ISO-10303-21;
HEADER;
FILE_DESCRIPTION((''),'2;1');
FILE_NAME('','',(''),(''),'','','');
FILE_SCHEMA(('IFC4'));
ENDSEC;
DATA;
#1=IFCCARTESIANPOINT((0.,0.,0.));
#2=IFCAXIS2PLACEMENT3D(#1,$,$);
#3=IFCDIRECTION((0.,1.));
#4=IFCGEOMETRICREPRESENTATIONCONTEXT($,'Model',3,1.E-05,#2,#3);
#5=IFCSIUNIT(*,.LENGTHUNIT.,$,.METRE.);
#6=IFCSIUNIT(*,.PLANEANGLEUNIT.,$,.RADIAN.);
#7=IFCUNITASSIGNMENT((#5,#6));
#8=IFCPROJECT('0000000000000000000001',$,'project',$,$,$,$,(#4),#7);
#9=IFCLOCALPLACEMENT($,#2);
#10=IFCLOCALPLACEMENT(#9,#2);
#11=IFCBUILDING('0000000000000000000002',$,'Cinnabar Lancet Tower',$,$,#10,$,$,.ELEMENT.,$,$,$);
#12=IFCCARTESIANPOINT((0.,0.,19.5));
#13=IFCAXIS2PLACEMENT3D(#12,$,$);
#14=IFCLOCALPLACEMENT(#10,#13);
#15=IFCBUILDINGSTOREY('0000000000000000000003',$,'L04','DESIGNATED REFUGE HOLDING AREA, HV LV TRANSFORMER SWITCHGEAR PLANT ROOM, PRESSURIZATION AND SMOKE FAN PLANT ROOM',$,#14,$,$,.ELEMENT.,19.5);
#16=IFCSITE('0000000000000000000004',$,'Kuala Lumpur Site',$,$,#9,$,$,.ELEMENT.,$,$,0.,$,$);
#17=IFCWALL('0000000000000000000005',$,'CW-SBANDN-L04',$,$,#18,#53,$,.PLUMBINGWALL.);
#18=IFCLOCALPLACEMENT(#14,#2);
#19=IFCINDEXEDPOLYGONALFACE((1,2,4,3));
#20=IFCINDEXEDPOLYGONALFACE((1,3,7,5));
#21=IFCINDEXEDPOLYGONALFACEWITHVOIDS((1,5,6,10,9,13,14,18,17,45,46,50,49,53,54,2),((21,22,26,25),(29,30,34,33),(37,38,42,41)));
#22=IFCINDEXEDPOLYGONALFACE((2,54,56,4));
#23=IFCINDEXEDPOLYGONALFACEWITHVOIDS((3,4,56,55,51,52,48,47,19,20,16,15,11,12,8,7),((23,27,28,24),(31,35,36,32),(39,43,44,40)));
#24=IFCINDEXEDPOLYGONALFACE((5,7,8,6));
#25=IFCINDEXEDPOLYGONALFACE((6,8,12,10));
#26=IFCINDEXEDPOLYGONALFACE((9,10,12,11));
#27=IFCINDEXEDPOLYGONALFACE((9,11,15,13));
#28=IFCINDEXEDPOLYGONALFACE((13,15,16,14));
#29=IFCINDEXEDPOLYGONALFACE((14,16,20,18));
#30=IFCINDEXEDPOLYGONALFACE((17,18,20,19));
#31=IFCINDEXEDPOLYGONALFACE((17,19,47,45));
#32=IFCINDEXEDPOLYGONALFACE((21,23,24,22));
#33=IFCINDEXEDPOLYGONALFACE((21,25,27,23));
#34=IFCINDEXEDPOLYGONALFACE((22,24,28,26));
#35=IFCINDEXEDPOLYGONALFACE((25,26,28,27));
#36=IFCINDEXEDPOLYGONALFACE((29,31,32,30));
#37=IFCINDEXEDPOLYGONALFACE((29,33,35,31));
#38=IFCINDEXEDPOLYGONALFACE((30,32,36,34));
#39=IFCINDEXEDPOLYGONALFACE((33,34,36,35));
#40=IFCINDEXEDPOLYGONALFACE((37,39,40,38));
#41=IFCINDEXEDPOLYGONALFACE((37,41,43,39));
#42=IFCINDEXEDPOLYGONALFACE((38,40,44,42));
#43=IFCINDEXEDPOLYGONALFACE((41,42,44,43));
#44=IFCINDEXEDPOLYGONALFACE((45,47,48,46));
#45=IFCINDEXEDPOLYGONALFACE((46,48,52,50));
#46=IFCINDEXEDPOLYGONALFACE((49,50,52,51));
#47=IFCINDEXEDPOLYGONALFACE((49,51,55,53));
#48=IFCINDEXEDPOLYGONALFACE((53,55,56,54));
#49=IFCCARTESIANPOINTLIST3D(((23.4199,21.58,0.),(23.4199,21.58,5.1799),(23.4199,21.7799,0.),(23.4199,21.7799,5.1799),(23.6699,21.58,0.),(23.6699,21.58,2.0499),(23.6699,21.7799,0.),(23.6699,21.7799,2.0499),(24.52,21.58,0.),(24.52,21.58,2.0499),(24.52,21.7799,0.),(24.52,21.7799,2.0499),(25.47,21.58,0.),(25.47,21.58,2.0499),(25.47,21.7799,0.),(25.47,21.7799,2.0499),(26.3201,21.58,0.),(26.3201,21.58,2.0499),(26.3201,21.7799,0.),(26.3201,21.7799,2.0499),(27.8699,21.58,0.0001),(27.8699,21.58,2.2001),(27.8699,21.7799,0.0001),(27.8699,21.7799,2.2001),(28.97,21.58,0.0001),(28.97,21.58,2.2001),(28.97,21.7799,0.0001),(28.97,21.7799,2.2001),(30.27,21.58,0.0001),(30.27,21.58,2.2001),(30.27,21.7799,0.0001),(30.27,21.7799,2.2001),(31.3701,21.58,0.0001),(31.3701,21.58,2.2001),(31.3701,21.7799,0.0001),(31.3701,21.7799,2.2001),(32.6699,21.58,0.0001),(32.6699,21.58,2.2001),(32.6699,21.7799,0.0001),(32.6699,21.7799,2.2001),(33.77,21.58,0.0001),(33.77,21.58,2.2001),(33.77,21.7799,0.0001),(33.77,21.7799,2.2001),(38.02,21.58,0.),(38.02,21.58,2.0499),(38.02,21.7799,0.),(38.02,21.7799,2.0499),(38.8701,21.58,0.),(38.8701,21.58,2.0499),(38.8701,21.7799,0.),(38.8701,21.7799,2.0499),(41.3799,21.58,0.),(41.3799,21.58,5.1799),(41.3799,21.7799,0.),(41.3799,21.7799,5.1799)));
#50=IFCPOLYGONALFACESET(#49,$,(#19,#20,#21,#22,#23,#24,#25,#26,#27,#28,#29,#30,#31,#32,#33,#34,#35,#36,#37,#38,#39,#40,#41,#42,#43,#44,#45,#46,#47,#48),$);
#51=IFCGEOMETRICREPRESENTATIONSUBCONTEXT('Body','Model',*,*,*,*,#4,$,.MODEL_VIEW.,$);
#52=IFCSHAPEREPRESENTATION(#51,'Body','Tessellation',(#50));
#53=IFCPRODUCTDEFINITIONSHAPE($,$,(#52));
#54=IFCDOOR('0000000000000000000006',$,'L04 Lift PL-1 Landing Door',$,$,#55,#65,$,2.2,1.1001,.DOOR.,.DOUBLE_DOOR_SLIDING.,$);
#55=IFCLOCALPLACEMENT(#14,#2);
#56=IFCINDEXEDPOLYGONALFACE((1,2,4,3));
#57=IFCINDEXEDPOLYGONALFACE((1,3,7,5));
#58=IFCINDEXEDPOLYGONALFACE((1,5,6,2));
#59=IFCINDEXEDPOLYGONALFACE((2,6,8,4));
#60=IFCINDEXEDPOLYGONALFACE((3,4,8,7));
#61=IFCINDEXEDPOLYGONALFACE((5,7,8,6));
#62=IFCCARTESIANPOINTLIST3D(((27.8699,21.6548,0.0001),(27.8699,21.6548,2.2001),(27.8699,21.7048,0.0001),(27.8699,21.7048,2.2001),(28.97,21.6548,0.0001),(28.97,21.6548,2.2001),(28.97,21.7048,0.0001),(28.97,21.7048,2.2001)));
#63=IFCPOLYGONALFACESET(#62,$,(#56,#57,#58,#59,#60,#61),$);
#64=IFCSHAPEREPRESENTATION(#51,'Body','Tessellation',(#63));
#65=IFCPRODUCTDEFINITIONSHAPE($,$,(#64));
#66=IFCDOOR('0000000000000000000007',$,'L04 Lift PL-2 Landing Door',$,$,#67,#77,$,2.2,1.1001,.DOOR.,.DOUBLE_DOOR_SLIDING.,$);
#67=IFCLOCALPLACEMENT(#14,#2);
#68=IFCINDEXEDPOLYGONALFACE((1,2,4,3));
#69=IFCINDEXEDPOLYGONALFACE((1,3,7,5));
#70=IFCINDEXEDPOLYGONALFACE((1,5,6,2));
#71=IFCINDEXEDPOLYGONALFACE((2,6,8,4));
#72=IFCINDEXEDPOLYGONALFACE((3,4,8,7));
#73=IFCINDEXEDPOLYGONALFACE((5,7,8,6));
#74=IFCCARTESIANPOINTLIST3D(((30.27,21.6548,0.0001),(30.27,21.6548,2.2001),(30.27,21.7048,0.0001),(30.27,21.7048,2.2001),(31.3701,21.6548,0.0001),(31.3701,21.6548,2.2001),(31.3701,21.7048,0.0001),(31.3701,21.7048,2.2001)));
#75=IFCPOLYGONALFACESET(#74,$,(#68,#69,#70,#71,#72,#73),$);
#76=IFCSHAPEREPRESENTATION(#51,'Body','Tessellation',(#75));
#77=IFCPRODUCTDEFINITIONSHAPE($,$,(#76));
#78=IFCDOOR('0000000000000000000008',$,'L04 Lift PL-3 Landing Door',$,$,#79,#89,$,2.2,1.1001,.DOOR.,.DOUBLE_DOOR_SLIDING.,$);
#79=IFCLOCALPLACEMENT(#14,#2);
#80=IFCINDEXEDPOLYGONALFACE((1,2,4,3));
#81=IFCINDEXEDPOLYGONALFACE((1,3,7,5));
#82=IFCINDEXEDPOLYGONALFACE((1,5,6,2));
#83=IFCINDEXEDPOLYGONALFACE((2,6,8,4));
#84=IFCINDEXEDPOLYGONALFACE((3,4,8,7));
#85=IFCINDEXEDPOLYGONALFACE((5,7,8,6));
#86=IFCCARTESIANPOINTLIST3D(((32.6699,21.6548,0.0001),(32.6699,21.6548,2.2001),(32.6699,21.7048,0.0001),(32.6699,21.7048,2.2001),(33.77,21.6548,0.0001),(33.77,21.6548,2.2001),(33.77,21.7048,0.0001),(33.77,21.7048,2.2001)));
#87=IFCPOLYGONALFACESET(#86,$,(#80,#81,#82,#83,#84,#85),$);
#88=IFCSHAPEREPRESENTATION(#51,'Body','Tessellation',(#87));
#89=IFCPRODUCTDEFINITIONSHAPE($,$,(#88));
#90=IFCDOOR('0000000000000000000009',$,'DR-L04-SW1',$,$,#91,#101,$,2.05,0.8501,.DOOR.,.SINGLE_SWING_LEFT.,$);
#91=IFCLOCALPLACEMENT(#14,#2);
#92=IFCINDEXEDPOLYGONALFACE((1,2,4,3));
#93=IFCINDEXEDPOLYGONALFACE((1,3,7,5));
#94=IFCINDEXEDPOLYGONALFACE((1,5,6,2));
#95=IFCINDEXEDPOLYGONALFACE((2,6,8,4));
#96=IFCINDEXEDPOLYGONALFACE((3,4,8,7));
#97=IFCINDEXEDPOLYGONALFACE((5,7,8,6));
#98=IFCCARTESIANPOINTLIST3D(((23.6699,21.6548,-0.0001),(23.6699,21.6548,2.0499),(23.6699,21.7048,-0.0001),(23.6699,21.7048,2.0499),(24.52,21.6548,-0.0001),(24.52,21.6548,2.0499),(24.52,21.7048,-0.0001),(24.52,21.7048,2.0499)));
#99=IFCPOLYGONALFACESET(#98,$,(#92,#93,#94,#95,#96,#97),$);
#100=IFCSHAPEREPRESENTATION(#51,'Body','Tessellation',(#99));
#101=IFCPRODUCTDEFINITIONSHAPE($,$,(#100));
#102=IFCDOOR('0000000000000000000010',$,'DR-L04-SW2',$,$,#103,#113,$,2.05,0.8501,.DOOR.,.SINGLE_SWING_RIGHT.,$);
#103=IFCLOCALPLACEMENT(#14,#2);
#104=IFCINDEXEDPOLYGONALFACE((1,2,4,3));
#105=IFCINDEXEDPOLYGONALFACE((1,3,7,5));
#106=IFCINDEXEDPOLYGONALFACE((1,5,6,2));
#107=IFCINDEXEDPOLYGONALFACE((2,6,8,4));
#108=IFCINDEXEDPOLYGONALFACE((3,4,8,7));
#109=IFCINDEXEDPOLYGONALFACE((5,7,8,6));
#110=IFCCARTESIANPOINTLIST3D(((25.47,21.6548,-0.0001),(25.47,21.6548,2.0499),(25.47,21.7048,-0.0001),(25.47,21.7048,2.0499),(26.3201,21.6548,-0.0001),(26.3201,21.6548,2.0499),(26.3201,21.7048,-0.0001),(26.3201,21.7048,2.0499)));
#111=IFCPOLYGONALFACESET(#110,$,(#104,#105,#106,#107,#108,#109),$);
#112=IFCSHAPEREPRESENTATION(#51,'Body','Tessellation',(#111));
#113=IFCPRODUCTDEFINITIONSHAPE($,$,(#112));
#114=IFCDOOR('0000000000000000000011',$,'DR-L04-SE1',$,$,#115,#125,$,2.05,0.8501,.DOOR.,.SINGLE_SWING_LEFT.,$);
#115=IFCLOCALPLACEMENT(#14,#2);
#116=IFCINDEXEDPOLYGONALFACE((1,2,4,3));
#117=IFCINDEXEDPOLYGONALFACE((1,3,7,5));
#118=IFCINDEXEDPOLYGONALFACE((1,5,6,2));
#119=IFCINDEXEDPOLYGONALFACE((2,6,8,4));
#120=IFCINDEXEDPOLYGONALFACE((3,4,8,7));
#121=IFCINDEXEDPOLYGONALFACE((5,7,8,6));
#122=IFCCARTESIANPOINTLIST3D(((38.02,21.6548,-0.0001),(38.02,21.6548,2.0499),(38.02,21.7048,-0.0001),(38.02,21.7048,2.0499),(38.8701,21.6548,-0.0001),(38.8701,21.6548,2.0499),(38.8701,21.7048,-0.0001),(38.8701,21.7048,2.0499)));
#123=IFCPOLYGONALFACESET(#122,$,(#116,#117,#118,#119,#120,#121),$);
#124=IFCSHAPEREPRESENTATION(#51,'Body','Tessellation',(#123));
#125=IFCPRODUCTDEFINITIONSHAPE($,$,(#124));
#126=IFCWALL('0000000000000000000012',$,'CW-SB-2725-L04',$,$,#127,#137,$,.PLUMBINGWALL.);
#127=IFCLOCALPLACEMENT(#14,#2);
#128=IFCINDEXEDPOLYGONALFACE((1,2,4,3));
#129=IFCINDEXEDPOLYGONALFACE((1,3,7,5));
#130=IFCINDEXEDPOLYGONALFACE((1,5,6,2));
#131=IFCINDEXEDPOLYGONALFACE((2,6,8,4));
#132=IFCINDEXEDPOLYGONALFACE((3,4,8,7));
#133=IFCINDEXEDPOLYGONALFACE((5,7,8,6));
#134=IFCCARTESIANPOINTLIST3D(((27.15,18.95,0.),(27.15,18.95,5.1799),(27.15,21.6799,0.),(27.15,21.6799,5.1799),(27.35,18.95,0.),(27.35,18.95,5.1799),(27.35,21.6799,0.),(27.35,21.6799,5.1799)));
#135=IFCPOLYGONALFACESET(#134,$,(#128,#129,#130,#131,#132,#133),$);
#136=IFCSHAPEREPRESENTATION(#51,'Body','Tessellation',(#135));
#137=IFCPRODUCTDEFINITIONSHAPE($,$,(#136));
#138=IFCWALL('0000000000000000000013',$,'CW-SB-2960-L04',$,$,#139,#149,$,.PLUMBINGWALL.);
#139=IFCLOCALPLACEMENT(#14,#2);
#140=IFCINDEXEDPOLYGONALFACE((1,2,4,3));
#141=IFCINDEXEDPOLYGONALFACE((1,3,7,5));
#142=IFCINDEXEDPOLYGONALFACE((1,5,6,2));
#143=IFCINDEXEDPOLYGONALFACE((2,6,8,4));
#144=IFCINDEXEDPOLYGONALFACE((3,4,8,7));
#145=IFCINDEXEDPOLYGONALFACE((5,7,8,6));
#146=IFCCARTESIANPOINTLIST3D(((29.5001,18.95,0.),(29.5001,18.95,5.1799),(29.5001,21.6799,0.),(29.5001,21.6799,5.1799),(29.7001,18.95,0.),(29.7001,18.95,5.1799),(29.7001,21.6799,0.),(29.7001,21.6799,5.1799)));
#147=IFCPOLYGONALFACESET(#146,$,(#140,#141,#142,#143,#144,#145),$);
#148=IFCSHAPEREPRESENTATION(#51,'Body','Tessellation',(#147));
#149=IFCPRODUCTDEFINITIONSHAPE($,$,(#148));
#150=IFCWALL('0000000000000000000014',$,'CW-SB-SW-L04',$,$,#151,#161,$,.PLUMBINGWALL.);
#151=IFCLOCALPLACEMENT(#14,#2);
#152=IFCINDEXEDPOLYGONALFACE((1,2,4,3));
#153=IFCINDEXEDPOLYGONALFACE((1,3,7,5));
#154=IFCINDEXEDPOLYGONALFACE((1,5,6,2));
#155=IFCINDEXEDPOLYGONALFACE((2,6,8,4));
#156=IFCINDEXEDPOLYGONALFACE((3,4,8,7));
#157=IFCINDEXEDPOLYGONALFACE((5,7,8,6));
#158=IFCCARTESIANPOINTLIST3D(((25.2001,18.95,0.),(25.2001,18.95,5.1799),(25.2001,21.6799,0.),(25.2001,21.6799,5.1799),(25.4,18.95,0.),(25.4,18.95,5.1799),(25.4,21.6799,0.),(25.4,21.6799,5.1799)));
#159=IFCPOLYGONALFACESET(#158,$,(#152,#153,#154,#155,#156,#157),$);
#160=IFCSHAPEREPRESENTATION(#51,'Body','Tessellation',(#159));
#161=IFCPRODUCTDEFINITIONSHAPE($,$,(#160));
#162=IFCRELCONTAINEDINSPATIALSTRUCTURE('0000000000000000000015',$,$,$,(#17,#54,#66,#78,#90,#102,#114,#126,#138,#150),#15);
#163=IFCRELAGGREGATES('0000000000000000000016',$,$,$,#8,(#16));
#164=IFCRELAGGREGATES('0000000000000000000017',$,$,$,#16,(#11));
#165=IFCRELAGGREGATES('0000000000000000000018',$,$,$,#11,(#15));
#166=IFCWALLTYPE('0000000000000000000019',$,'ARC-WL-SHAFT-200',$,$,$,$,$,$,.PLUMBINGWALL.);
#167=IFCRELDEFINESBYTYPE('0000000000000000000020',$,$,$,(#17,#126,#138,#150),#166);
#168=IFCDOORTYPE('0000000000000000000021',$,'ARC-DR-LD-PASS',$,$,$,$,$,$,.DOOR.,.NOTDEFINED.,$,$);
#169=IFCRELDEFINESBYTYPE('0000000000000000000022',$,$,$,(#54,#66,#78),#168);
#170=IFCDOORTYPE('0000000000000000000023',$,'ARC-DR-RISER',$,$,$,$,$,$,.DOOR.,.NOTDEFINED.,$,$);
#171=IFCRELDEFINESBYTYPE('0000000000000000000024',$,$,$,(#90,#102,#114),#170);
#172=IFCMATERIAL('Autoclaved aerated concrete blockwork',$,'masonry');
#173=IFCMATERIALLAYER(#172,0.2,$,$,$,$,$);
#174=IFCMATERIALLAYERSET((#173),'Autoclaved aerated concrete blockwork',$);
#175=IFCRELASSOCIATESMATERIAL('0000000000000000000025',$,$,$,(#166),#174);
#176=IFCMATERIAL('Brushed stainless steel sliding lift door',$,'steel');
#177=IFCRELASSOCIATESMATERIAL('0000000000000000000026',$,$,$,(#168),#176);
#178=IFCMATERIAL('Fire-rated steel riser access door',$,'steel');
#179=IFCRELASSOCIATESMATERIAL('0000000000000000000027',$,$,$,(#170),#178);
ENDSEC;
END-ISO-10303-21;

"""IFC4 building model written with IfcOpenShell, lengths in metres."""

from ifc_helpers import new_model, si_unit, direction, frame, frame_2d, origin, place, context, subcontext, project, spatial, rectangle, extrude, material, layer, layer_set, type_object, element, fill, save


model = new_model("IFC4")

# Units and contexts
model_context = context("Model", 3, precision=1e-05, world=origin(), true_north=direction((0.0, 1.0)))
body_context = subcontext(model_context, "Body", "Model", "MODEL_VIEW")
ifc_project = project(units=[si_unit("LENGTHUNIT", "METRE"), si_unit("PLANEANGLEUNIT", "RADIAN")], contexts=[model_context])

# Site, building, storey
site_placement = place(None, origin())
site = spatial("IfcSite", under=ifc_project, at=site_placement, Name="Kuala Lumpur Site", CompositionType="ELEMENT", RefElevation=0.0)
building_placement = place(site_placement, origin())
building = spatial("IfcBuilding", under=site, at=building_placement, Name="Cinnabar Lancet Tower", CompositionType="ELEMENT")
storey_placement = place(building_placement, frame((0.0, 0.0, 19.5)))
storey = spatial("IfcBuildingStorey", under=building, at=storey_placement, Name="L04", Description="DESIGNATED REFUGE HOLDING AREA, HV LV TRANSFORMER SWITCHGEAR PLANT ROOM, PRESSURIZATION AND SMOKE FAN PLANT ROOM", CompositionType="ELEMENT", Elevation=19.5)

# Shared definitions
ifc_material_1 = material(Name="Autoclaved aerated concrete blockwork", Category="masonry")
ifc_layer_1 = layer(ifc_material_1, 0.2)
ifc_layer_set_1 = layer_set([ifc_layer_1], Name="Autoclaved aerated concrete blockwork")
wall_type_1 = type_object("IfcWallType", Name="ARC-WL-SHAFT-200", PredefinedType="PLUMBINGWALL", material=ifc_layer_set_1)

# Wall, openings, doors
wall_1_placement = place(storey_placement, frame((23.4199, 21.6799, 0.0), z_axis=(0.0, 0.0, 1.0), x_axis=(1.0, 0.0, 0.0)))
wall_1 = element("IfcWall", 1, at=wall_1_placement, inside=storey, type_object=wall_type_1, Name="CW-SBANDN-L04", PredefinedType="PLUMBINGWALL", context=body_context, shape_type="SweptSolid", body=[
    extrude(rectangle(XDim=17.96, YDim=0.2, at=frame_2d((8.98, 0.0))), origin(), (0.0, 0.0, 1.0), 5.1799),
])
opening_1_placement = place(wall_1_placement, frame((4.45, 0.0, 0.0)))
opening_1 = element("IfcOpeningElement", 2, at=opening_1_placement, cuts=wall_1, PredefinedType="OPENING", context=body_context, shape_type="SweptSolid", body=[
    extrude(rectangle(XDim=1.1001, YDim=2.2, at=frame_2d((0.55, 1.1001))), frame((0.0, 0.1099, 0.0), z_axis=(0.0, -1.0, 0.0), x_axis=(1.0, 0.0, 0.0)), (0.0, 0.0, 1.0), 0.22),
])
opening_2_placement = place(wall_1_placement, frame((6.8501, 0.0, 0.0)))
opening_2 = element("IfcOpeningElement", 3, at=opening_2_placement, cuts=wall_1, PredefinedType="OPENING", context=body_context, shape_type="SweptSolid", body=[
    extrude(rectangle(XDim=1.1001, YDim=2.2, at=frame_2d((0.55, 1.1001))), frame((0.0, 0.1099, 0.0), z_axis=(0.0, -1.0, 0.0), x_axis=(1.0, 0.0, 0.0)), (0.0, 0.0, 1.0), 0.22),
])
opening_3_placement = place(wall_1_placement, frame((9.25, 0.0, 0.0)))
opening_3 = element("IfcOpeningElement", 4, at=opening_3_placement, cuts=wall_1, PredefinedType="OPENING", context=body_context, shape_type="SweptSolid", body=[
    extrude(rectangle(XDim=1.1001, YDim=2.2, at=frame_2d((0.55, 1.1001))), frame((0.0, 0.1099, 0.0), z_axis=(0.0, -1.0, 0.0), x_axis=(1.0, 0.0, 0.0)), (0.0, 0.0, 1.0), 0.22),
])
opening_4_placement = place(wall_1_placement, frame((0.25, 0.0, 0.0)))
opening_4 = element("IfcOpeningElement", 5, at=opening_4_placement, cuts=wall_1, PredefinedType="OPENING", context=body_context, shape_type="SweptSolid", body=[
    extrude(rectangle(XDim=0.8501, YDim=2.05, at=frame_2d((0.425, 1.0249))), frame((0.0, 0.1099, 0.0), z_axis=(0.0, -1.0, 0.0), x_axis=(1.0, 0.0, 0.0)), (0.0, 0.0, 1.0), 0.22),
])
opening_5_placement = place(wall_1_placement, frame((2.05, 0.0, 0.0)))
opening_5 = element("IfcOpeningElement", 6, at=opening_5_placement, cuts=wall_1, PredefinedType="OPENING", context=body_context, shape_type="SweptSolid", body=[
    extrude(rectangle(XDim=0.8501, YDim=2.05, at=frame_2d((0.425, 1.0249))), frame((0.0, 0.1099, 0.0), z_axis=(0.0, -1.0, 0.0), x_axis=(1.0, 0.0, 0.0)), (0.0, 0.0, 1.0), 0.22),
])
opening_6_placement = place(wall_1_placement, frame((14.6001, 0.0, 0.0)))
opening_6 = element("IfcOpeningElement", 7, at=opening_6_placement, cuts=wall_1, PredefinedType="OPENING", context=body_context, shape_type="SweptSolid", body=[
    extrude(rectangle(XDim=0.8501, YDim=2.05, at=frame_2d((0.425, 1.0249))), frame((0.0, 0.1099, 0.0), z_axis=(0.0, -1.0, 0.0), x_axis=(1.0, 0.0, 0.0)), (0.0, 0.0, 1.0), 0.22),
])
ifc_material_2 = material(Name="Brushed stainless steel sliding lift door", Category="steel")
door_type_1 = type_object("IfcDoorType", Name="ARC-DR-LD-PASS", OperationType="NOTDEFINED", PredefinedType="DOOR", material=ifc_material_2)
door_1_placement = place(opening_1_placement, origin())
door_1 = element("IfcDoor", 8, at=door_1_placement, inside=storey, type_object=door_type_1, Name="L04 Lift PL-1 Landing Door", OperationType="DOUBLE_DOOR_SLIDING", OverallHeight=2.2, OverallWidth=1.1001, PredefinedType="DOOR", context=body_context, shape_type="SweptSolid", body=[
    extrude(rectangle(XDim=1.1001, YDim=2.2, at=frame_2d((0.55, 1.1001))), frame((0.0, 0.0249, 0.0), z_axis=(0.0, -1.0, 0.0), x_axis=(1.0, 0.0, 0.0)), (0.0, 0.0, 1.0), 0.05),
])
fill(opening_1, door_1)
door_2_placement = place(opening_2_placement, origin())
door_2 = element("IfcDoor", 9, at=door_2_placement, inside=storey, type_object=door_type_1, Name="L04 Lift PL-2 Landing Door", OperationType="DOUBLE_DOOR_SLIDING", OverallHeight=2.2, OverallWidth=1.1001, PredefinedType="DOOR", context=body_context, shape_type="SweptSolid", body=[
    extrude(rectangle(XDim=1.1001, YDim=2.2, at=frame_2d((0.55, 1.1001))), frame((0.0, 0.0249, 0.0), z_axis=(0.0, -1.0, 0.0), x_axis=(1.0, 0.0, 0.0)), (0.0, 0.0, 1.0), 0.05),
])
fill(opening_2, door_2)
door_3_placement = place(opening_3_placement, origin())
door_3 = element("IfcDoor", 10, at=door_3_placement, inside=storey, type_object=door_type_1, Name="L04 Lift PL-3 Landing Door", OperationType="DOUBLE_DOOR_SLIDING", OverallHeight=2.2, OverallWidth=1.1001, PredefinedType="DOOR", context=body_context, shape_type="SweptSolid", body=[
    extrude(rectangle(XDim=1.1001, YDim=2.2, at=frame_2d((0.55, 1.1001))), frame((0.0, 0.0249, 0.0), z_axis=(0.0, -1.0, 0.0), x_axis=(1.0, 0.0, 0.0)), (0.0, 0.0, 1.0), 0.05),
])
fill(opening_3, door_3)
ifc_material_3 = material(Name="Fire-rated steel riser access door", Category="steel")
door_type_2 = type_object("IfcDoorType", Name="ARC-DR-RISER", OperationType="NOTDEFINED", PredefinedType="DOOR", material=ifc_material_3)
door_4_placement = place(opening_4_placement, origin())
door_4 = element("IfcDoor", 11, at=door_4_placement, inside=storey, type_object=door_type_2, Name="DR-L04-SW1", OperationType="SINGLE_SWING_LEFT", OverallHeight=2.05, OverallWidth=0.8501, PredefinedType="DOOR", context=body_context, shape_type="SweptSolid", body=[
    extrude(rectangle(XDim=0.8501, YDim=2.05, at=frame_2d((0.425, 1.0249))), frame((0.0, 0.0249, 0.0), z_axis=(0.0, -1.0, 0.0), x_axis=(1.0, 0.0, 0.0)), (0.0, 0.0, 1.0), 0.05),
])
fill(opening_4, door_4)
door_5_placement = place(opening_5_placement, origin())
door_5 = element("IfcDoor", 12, at=door_5_placement, inside=storey, type_object=door_type_2, Name="DR-L04-SW2", OperationType="SINGLE_SWING_RIGHT", OverallHeight=2.05, OverallWidth=0.8501, PredefinedType="DOOR", context=body_context, shape_type="SweptSolid", body=[
    extrude(rectangle(XDim=0.8501, YDim=2.05, at=frame_2d((0.425, 1.0249))), frame((0.0, 0.0249, 0.0), z_axis=(0.0, -1.0, 0.0), x_axis=(1.0, 0.0, 0.0)), (0.0, 0.0, 1.0), 0.05),
])
fill(opening_5, door_5)
door_6_placement = place(opening_6_placement, origin())
door_6 = element("IfcDoor", 13, at=door_6_placement, inside=storey, type_object=door_type_2, Name="DR-L04-SE1", OperationType="SINGLE_SWING_LEFT", OverallHeight=2.05, OverallWidth=0.8501, PredefinedType="DOOR", context=body_context, shape_type="SweptSolid", body=[
    extrude(rectangle(XDim=0.8501, YDim=2.05, at=frame_2d((0.425, 1.0249))), frame((0.0, 0.0249, 0.0), z_axis=(0.0, -1.0, 0.0), x_axis=(1.0, 0.0, 0.0)), (0.0, 0.0, 1.0), 0.05),
])
fill(opening_6, door_6)

# Walls
for number, where, z_axis, x_axis, name in (
    (14, (27.25, 18.95, 0.0), (0.0, 0.0, 1.0), (0.0, 1.0, 0.0), "CW-SB-2725-L04"),
    (15, (29.6001, 18.95, 0.0), (0.0, 0.0, 1.0), (0.0, 1.0, 0.0), "CW-SB-2960-L04"),
    (16, (25.3, 18.95, 0.0), (0.0, 0.0, 1.0), (0.0, 1.0, 0.0), "CW-SB-SW-L04"),
):
    element("IfcWall", number, at=place(storey_placement, frame(where, z_axis=z_axis, x_axis=x_axis)), inside=storey, type_object=wall_type_1, Name=name, PredefinedType="PLUMBINGWALL", context=body_context, shape_type="SweptSolid", body=[
        extrude(rectangle(XDim=2.73, YDim=0.2, at=frame_2d((1.365, 0.0))), origin(), (0.0, 0.0, 1.0), 5.1799),
    ])

save(model, "model.ifc")
